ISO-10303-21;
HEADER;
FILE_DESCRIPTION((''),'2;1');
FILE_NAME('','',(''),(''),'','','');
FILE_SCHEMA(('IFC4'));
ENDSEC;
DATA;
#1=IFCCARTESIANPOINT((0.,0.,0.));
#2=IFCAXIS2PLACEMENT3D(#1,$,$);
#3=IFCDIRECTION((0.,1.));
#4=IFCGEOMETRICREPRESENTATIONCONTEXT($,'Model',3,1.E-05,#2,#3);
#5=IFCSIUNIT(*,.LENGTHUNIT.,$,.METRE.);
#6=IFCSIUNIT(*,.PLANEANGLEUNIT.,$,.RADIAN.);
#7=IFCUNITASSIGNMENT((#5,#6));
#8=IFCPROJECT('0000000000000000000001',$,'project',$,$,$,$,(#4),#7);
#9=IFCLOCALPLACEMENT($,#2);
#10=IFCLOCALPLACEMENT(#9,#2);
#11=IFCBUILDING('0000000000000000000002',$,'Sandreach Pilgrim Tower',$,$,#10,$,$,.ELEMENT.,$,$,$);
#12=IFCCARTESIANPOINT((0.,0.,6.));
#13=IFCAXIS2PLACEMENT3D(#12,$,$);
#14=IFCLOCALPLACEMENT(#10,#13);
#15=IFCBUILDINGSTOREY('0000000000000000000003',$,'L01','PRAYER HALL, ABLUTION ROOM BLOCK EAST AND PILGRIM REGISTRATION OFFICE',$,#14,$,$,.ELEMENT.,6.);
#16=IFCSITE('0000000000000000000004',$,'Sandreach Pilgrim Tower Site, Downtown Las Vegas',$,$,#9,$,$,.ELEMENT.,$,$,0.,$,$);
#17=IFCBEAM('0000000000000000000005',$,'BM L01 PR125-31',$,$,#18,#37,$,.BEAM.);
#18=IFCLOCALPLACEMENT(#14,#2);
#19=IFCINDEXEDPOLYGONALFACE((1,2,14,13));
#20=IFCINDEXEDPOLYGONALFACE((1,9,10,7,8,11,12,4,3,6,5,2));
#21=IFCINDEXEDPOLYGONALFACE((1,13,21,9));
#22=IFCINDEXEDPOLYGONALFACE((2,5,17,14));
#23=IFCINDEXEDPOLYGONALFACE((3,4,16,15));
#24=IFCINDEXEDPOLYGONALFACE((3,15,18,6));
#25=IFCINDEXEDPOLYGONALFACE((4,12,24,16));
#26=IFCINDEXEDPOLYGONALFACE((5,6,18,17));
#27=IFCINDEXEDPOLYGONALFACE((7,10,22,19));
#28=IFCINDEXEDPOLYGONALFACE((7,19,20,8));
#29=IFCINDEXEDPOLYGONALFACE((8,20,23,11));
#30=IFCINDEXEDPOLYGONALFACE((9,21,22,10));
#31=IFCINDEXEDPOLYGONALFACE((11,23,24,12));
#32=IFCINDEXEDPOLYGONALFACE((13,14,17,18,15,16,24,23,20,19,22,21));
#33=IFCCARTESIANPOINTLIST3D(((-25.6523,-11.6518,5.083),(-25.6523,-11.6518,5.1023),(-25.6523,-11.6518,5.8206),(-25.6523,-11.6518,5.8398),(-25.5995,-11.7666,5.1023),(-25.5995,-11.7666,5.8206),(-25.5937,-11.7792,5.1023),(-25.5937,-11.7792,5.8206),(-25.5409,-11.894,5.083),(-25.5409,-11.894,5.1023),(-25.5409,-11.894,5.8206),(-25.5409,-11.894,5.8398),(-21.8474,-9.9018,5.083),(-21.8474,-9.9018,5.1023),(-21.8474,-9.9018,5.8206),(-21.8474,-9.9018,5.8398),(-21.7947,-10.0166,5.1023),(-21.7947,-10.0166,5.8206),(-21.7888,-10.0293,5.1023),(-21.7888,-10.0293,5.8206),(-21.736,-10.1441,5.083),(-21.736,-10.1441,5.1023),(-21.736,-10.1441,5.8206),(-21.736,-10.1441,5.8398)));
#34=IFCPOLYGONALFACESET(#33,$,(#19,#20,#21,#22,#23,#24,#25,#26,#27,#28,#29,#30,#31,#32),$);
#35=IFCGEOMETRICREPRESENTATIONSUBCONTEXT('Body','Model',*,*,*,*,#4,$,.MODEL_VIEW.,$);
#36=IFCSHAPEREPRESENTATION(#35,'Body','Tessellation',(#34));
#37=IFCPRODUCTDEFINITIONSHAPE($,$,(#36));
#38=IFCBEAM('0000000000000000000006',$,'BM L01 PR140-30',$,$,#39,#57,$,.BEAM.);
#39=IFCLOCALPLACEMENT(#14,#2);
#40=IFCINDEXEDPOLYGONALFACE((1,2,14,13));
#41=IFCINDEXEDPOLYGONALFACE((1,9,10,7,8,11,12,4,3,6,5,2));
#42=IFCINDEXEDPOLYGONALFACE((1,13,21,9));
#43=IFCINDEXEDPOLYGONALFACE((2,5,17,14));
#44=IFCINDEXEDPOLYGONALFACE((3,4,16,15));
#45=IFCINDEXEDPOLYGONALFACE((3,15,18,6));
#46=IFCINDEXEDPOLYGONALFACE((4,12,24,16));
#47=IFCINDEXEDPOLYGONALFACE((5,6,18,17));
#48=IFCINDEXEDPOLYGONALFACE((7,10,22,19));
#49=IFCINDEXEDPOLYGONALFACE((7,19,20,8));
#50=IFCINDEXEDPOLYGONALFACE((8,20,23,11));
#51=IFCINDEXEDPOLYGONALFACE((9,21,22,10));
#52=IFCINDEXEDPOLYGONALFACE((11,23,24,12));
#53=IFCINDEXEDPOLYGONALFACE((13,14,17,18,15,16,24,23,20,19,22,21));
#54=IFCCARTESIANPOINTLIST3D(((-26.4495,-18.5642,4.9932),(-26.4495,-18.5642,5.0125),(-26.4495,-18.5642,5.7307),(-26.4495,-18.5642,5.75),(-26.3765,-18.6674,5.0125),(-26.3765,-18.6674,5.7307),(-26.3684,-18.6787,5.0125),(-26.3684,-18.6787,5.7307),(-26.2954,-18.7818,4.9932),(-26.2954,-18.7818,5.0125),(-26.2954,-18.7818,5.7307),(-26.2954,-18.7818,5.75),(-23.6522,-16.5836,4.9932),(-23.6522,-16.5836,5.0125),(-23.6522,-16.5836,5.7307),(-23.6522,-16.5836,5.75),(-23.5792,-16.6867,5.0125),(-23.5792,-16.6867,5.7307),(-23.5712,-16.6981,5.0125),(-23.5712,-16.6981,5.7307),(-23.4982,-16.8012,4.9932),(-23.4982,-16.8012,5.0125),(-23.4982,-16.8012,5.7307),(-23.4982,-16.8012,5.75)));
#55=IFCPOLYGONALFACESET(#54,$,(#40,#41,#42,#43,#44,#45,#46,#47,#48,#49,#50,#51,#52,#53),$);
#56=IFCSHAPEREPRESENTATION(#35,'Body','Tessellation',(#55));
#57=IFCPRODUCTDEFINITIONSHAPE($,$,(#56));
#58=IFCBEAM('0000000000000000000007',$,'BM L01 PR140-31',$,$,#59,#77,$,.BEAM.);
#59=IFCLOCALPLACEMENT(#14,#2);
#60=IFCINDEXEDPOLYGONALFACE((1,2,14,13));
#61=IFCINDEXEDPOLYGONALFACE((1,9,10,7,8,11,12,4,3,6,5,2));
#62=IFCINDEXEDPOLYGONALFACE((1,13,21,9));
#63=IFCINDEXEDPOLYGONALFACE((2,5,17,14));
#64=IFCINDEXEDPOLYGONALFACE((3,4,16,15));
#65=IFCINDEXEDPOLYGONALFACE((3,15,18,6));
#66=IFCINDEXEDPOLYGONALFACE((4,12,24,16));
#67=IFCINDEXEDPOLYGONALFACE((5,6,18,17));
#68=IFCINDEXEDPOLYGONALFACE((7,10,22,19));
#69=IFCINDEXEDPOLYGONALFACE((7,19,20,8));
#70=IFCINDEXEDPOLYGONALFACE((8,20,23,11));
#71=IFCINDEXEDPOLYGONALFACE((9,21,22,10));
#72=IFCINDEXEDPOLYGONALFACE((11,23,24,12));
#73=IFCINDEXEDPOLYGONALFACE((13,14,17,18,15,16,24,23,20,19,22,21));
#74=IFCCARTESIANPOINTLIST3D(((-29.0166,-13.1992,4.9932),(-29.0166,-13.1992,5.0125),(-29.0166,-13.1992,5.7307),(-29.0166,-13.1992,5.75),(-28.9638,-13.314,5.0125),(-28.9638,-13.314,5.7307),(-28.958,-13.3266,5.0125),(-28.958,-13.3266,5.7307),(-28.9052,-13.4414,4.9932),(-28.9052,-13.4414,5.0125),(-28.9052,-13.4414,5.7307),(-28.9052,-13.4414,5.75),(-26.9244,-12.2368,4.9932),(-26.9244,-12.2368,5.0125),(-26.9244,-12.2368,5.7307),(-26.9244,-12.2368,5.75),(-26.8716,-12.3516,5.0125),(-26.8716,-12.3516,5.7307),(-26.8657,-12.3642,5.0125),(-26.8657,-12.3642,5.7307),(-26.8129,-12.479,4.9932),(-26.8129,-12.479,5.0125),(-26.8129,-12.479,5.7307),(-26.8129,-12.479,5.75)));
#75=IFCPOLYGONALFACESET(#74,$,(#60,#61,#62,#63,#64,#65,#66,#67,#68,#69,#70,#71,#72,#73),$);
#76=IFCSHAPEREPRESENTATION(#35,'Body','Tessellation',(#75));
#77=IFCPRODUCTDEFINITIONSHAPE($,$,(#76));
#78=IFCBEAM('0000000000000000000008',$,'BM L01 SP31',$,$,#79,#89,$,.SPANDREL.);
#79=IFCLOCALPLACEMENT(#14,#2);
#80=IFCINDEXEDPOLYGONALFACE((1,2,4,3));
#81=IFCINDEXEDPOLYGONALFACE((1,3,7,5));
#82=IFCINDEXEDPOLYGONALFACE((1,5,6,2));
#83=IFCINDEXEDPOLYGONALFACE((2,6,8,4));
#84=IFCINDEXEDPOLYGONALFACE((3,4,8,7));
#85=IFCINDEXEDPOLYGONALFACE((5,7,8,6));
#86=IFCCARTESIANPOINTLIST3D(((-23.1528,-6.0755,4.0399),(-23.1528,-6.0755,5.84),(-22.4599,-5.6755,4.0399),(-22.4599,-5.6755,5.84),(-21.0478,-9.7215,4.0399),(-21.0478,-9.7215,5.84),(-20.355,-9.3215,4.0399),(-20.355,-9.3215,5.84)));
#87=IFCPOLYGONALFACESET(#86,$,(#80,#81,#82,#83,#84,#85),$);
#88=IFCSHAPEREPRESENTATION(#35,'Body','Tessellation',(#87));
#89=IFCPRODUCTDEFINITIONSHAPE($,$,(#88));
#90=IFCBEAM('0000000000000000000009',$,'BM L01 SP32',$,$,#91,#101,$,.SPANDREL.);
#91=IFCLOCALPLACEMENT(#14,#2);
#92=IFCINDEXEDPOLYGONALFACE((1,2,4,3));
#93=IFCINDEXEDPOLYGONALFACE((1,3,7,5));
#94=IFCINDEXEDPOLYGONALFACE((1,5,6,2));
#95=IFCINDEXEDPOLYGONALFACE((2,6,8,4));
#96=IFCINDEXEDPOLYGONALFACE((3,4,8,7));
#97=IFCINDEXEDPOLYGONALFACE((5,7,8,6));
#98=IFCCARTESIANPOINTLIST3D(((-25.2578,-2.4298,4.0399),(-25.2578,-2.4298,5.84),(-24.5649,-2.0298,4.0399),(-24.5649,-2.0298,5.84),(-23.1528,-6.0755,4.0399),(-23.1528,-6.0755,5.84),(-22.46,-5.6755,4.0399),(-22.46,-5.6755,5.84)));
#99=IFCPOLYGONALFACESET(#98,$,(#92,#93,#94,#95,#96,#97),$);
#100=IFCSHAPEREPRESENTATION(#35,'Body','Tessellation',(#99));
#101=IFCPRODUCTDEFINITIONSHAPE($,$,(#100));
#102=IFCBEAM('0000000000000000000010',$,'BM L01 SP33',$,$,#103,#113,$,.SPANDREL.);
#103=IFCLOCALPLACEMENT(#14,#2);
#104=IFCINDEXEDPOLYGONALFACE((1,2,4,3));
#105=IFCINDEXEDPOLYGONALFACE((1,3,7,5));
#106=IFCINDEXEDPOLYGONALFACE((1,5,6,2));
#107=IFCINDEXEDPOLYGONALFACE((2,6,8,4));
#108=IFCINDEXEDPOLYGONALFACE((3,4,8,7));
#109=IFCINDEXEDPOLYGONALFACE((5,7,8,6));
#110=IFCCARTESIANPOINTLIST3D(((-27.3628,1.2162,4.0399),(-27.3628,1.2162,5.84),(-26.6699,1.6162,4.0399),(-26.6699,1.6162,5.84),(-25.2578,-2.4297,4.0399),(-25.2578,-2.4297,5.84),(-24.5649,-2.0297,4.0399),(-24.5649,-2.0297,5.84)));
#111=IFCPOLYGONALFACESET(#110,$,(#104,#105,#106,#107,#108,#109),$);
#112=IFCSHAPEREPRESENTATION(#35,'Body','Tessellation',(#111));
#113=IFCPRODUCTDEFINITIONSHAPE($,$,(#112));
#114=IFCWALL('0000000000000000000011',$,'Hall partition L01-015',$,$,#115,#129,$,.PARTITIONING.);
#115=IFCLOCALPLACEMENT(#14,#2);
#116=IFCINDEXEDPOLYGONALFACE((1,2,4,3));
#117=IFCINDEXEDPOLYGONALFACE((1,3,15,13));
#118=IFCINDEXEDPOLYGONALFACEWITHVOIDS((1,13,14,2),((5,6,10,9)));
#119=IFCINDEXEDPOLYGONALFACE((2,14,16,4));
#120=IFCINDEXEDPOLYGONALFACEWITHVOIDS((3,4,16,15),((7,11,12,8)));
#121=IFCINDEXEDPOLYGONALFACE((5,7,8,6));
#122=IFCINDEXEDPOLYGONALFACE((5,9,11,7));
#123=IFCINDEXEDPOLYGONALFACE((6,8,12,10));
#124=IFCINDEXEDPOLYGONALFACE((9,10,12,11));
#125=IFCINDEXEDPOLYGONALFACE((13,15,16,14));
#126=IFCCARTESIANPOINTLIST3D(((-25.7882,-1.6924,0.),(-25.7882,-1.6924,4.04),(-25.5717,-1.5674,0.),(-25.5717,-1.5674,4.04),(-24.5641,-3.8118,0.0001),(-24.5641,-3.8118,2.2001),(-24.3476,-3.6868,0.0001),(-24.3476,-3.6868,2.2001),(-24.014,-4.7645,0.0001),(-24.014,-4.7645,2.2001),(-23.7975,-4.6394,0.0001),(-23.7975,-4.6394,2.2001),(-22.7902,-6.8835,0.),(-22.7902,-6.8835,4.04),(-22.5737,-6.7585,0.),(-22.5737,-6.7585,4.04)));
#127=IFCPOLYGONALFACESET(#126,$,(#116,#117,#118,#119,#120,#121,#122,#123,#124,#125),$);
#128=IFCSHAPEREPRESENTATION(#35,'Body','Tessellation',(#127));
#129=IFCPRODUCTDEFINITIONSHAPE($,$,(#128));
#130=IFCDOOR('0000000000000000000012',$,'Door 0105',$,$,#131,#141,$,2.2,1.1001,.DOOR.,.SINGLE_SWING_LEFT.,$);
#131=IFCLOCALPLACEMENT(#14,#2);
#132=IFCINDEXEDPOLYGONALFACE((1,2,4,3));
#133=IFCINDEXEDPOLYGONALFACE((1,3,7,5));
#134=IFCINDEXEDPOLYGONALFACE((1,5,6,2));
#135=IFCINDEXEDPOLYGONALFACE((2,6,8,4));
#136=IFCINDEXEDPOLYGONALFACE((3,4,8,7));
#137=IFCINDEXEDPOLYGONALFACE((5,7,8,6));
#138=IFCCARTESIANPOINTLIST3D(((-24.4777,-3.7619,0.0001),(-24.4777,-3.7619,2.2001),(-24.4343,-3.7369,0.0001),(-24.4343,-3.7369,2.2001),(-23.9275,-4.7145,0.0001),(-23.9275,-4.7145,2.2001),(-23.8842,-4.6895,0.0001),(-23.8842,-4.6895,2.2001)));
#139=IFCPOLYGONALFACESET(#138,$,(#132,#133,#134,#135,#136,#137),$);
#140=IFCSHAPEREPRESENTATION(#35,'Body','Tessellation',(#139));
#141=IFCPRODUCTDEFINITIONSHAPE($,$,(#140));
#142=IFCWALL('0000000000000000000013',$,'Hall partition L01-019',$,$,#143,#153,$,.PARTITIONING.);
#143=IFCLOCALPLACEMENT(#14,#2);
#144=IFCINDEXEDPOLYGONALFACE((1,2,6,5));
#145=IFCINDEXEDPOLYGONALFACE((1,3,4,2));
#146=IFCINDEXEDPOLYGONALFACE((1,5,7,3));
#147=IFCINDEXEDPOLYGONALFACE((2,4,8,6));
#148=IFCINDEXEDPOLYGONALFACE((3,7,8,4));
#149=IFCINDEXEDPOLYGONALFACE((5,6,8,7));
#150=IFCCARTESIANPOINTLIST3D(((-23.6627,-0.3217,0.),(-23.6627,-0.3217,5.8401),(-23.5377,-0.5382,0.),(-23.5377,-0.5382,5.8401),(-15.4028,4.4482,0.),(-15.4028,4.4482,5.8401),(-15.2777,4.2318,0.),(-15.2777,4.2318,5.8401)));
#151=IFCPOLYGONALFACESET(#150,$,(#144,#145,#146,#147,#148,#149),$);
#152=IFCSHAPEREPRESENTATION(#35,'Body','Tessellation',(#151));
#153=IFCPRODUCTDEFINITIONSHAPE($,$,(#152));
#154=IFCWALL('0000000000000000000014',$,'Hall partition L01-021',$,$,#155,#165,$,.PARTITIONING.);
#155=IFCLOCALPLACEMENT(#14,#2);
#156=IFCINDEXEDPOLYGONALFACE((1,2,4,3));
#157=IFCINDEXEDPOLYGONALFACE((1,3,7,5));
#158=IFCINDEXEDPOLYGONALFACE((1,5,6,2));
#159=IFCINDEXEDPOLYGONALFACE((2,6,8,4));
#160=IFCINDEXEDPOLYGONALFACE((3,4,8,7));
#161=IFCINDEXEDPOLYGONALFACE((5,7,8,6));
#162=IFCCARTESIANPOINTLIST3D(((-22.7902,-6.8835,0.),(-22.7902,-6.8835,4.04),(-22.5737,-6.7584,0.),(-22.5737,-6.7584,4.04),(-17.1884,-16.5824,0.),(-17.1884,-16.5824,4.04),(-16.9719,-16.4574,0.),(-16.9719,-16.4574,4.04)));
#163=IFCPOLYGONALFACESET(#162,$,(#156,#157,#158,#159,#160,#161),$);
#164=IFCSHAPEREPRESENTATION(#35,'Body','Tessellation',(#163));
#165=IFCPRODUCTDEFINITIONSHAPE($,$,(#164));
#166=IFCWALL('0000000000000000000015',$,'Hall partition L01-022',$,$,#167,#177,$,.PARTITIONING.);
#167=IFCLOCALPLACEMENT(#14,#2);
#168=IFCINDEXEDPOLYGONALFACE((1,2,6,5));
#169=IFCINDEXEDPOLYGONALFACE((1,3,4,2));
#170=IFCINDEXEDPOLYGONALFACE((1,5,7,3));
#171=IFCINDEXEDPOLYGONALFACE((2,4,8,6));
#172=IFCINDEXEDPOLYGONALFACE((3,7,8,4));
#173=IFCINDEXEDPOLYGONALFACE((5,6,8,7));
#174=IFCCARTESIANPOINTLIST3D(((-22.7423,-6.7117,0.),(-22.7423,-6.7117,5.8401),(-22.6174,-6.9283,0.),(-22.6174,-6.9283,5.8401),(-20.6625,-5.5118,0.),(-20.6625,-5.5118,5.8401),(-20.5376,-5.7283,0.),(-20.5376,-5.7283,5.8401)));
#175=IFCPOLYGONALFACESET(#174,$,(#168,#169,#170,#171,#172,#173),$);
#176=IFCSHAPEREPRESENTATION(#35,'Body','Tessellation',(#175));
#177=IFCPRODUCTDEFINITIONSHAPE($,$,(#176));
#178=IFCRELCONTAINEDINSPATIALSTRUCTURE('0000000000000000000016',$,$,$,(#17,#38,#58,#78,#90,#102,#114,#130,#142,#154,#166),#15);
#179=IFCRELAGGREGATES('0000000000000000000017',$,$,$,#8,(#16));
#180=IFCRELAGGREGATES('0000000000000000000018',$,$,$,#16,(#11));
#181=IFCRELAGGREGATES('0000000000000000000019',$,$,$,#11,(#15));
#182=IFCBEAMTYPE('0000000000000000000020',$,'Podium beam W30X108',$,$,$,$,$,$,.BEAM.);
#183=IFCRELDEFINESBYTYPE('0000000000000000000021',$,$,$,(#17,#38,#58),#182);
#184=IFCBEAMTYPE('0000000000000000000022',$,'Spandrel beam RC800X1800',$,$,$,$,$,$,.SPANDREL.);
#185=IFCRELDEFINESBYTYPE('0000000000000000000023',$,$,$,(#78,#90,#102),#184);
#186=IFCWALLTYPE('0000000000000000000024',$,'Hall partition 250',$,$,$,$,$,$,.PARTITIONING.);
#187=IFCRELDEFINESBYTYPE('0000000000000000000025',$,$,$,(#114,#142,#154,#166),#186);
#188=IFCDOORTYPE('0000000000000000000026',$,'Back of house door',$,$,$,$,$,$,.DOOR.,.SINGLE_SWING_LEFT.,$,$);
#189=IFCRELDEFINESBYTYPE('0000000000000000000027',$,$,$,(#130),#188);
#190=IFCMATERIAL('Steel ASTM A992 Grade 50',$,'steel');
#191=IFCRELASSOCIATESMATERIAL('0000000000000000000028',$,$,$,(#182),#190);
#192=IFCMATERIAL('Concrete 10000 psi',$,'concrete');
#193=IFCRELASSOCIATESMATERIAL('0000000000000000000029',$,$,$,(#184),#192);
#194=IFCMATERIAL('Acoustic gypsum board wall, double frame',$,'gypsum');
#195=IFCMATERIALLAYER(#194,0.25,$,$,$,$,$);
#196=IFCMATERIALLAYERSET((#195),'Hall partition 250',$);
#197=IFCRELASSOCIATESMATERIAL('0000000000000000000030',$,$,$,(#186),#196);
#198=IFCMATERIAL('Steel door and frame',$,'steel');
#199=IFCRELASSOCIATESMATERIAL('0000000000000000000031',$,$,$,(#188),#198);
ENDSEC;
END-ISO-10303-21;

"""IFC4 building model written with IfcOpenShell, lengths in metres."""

from ifc_helpers import new_model, si_unit, direction, frame, frame_2d, origin, origin_2d, place, context, subcontext, project, spatial, rectangle, i_section, extrude, material, layer, layer_set, material_profile, profile_set, type_object, element, fill, save


model = new_model("IFC4")

# Units and contexts
model_context = context("Model", 3, precision=1e-05, world=origin(), true_north=direction((0.0, 1.0)))
body_context = subcontext(model_context, "Body", "Model", "MODEL_VIEW")
ifc_project = project(units=[si_unit("LENGTHUNIT", "METRE"), si_unit("PLANEANGLEUNIT", "RADIAN")], contexts=[model_context])

# Site, building, storey
site_placement = place(None, origin())
site = spatial("IfcSite", under=ifc_project, at=site_placement, Name="Sandreach Pilgrim Tower Site, Downtown Las Vegas", CompositionType="ELEMENT", RefElevation=0.0)
building_placement = place(site_placement, origin())
building = spatial("IfcBuilding", under=site, at=building_placement, Name="Sandreach Pilgrim Tower", CompositionType="ELEMENT")
storey_placement = place(building_placement, frame((0.0, 0.0, 6.0)))
storey = spatial("IfcBuildingStorey", under=building, at=storey_placement, Name="L01", Description="PRAYER HALL, ABLUTION ROOM BLOCK EAST AND PILGRIM REGISTRATION OFFICE", CompositionType="ELEMENT", Elevation=6.0)

# Beams
ifc_material_1 = material(Name="Steel ASTM A992 Grade 50", Category="steel")
ifc_material_profile_1 = material_profile(ifc_material_1, i_section(OverallWidth=0.2666, OverallDepth=0.7568, WebThickness=0.0139, FlangeThickness=0.0193, at=origin_2d()), Name="W30X108")
ifc_profile_set_1 = profile_set([ifc_material_profile_1], Name="Steel ASTM A992 Grade 50")
beam_type_1 = type_object("IfcBeamType", Name="Podium beam W30X108", PredefinedType="BEAM", material=ifc_profile_set_1)
beam_1_placement = place(storey_placement, frame((-21.7917, -10.0229, 5.4614), z_axis=(-0.908515, -0.417853, 0.0), x_axis=(0.417853, -0.908515, 0.0)))
element("IfcBeam", 1, at=beam_1_placement, inside=storey, type_object=beam_type_1, Name="BM L01 PR125-31", PredefinedType="BEAM", context=body_context, shape_type="SweptSolid", body=[
    extrude(i_section(OverallWidth=0.2666, OverallDepth=0.7568, WebThickness=0.0139, FlangeThickness=0.0193, at=origin_2d()), origin(), (0.0, 0.0, 1.0), 4.188),
])
beam_2_placement = place(storey_placement, frame((-23.5752, -16.6924, 5.3716), z_axis=(-0.816128, -0.577871, 0.0), x_axis=(0.577871, -0.816128, 0.0)))
element("IfcBeam", 2, at=beam_2_placement, inside=storey, type_object=beam_type_1, Name="BM L01 PR140-30", PredefinedType="BEAM", context=body_context, shape_type="SweptSolid", body=[
    extrude(i_section(OverallWidth=0.2666, OverallDepth=0.7568, WebThickness=0.0139, FlangeThickness=0.0193, at=origin_2d()), origin(), (0.0, 0.0, 1.0), 3.4275),
])
beam_3_placement = place(storey_placement, frame((-26.8687, -12.3579, 5.3716), z_axis=(-0.908499, -0.417888, 0.0), x_axis=(0.417888, -0.908499, 0.0)))
element("IfcBeam", 3, at=beam_3_placement, inside=storey, type_object=beam_type_1, Name="BM L01 PR140-31", PredefinedType="BEAM", context=body_context, shape_type="SweptSolid", body=[
    extrude(i_section(OverallWidth=0.2666, OverallDepth=0.7568, WebThickness=0.0139, FlangeThickness=0.0193, at=origin_2d()), origin(), (0.0, 0.0, 1.0), 2.303),
])
ifc_material_2 = material(Name="Concrete 10000 psi", Category="concrete")
ifc_material_profile_2 = material_profile(ifc_material_2, rectangle(XDim=0.8, YDim=1.8, at=origin_2d()), Name="RC800X1800")
ifc_profile_set_2 = profile_set([ifc_material_profile_2], Name="Concrete 10000 psi")
beam_type_2 = type_object("IfcBeamType", Name="Spandrel beam RC800X1800", PredefinedType="SPANDREL", material=ifc_profile_set_2)
beam_4_placement = place(storey_placement, frame((-20.7014, -9.5215, 4.9399), z_axis=(-0.499994, 0.866029, 0.0), x_axis=(-0.866029, -0.499994, 0.0)))
element("IfcBeam", 4, at=beam_4_placement, inside=storey, type_object=beam_type_2, Name="BM L01 SP31", PredefinedType="SPANDREL", context=body_context, shape_type="SweptSolid", body=[
    extrude(rectangle(XDim=0.8, YDim=1.8, at=origin_2d()), origin(), (0.0, 0.0, 1.0), 4.21),
])
beam_5_placement = place(storey_placement, frame((-22.8064, -5.8755, 4.9399), z_axis=(-0.500019, 0.866015, 0.0), x_axis=(-0.866015, -0.500019, 0.0)))
element("IfcBeam", 5, at=beam_5_placement, inside=storey, type_object=beam_type_2, Name="BM L01 SP32", PredefinedType="SPANDREL", context=body_context, shape_type="SweptSolid", body=[
    extrude(rectangle(XDim=0.8, YDim=1.8, at=origin_2d()), origin(), (0.0, 0.0, 1.0), 4.2097),
])
beam_6_placement = place(storey_placement, frame((-24.9114, -2.2297, 4.9399), z_axis=(-0.499994, 0.866029, 0.0), x_axis=(-0.866029, -0.499994, 0.0)))
element("IfcBeam", 6, at=beam_6_placement, inside=storey, type_object=beam_type_2, Name="BM L01 SP33", PredefinedType="SPANDREL", context=body_context, shape_type="SweptSolid", body=[
    extrude(rectangle(XDim=0.8, YDim=1.8, at=origin_2d()), origin(), (0.0, 0.0, 1.0), 4.21),
])

# Wall, opening, door
ifc_material_3 = material(Name="Acoustic gypsum board wall, double frame", Category="gypsum")
ifc_layer_1 = layer(ifc_material_3, 0.25)
ifc_layer_set_1 = layer_set([ifc_layer_1], Name="Hall partition 250")
wall_type_1 = type_object("IfcWallType", Name="Hall partition 250", PredefinedType="PARTITIONING", material=ifc_layer_set_1)
wall_1_placement = place(storey_placement, frame((-25.6799, -1.6299, 0.0), z_axis=(0.0, 0.0, 1.0), x_axis=(0.500116, -0.865958, 0.0)))
wall_1 = element("IfcWall", 7, at=wall_1_placement, inside=storey, type_object=wall_type_1, Name="Hall partition L01-015", PredefinedType="PARTITIONING", context=body_context, shape_type="SweptSolid", body=[
    extrude(rectangle(XDim=5.9946, YDim=0.25, at=frame_2d((2.9973, 0.0))), origin(), (0.0, 0.0, 1.0), 4.04),
])
opening_placement = place(wall_1_placement, frame((2.4475, 0.0, 0.0)))
opening = element("IfcOpeningElement", 8, at=opening_placement, cuts=wall_1, PredefinedType="OPENING", context=body_context, shape_type="SweptSolid", body=[
    extrude(rectangle(XDim=1.1001, YDim=2.2, at=frame_2d((0.55, 1.1001))), frame((0.0, 0.125, 0.0), z_axis=(0.0, -1.0, 0.0), x_axis=(1.0, 0.0, 0.0)), (0.0, 0.0, 1.0), 0.25),
])
ifc_material_4 = material(Name="Steel door and frame", Category="steel")
door_type = type_object("IfcDoorType", Name="Back of house door", OperationType="SINGLE_SWING_LEFT", PredefinedType="DOOR", material=ifc_material_4)
door_placement = place(opening_placement, origin())
door = element("IfcDoor", 9, at=door_placement, inside=storey, type_object=door_type, Name="Door 0105", OperationType="SINGLE_SWING_LEFT", OverallHeight=2.2, OverallWidth=1.1001, PredefinedType="DOOR", context=body_context, shape_type="SweptSolid", body=[
    extrude(rectangle(XDim=1.1001, YDim=2.2, at=frame_2d((0.55, 1.1001))), frame((0.0, 0.0249, 0.0), z_axis=(0.0, -1.0, 0.0), x_axis=(1.0, 0.0, 0.0)), (0.0, 0.0, 1.0), 0.05),
])
fill(opening, door)

# Walls
wall_2_placement = place(storey_placement, frame((-23.6001, -0.4299, 0.0), z_axis=(0.0, 0.0, 1.0), x_axis=(0.865975, 0.500087, 0.0)))
element("IfcWall", 10, at=wall_2_placement, inside=storey, type_object=wall_type_1, Name="Hall partition L01-019", PredefinedType="PARTITIONING", context=body_context, shape_type="SweptSolid", body=[
    extrude(rectangle(XDim=9.5383, YDim=0.25, at=frame_2d((4.769, 0.0))), origin(), (0.0, 0.0, 1.0), 5.8401),
])
wall_3_placement = place(storey_placement, frame((-22.6819, -6.821, 0.0), z_axis=(0.0, 0.0, 1.0), x_axis=(0.500141, -0.865944, 0.0)))
element("IfcWall", 11, at=wall_3_placement, inside=storey, type_object=wall_type_1, Name="Hall partition L01-021", PredefinedType="PARTITIONING", context=body_context, shape_type="SweptSolid", body=[
    extrude(rectangle(XDim=11.2004, YDim=0.25, at=frame_2d((5.6001, 0.0))), origin(), (0.0, 0.0, 1.0), 4.04),
])
wall_4_placement = place(storey_placement, frame((-22.6799, -6.8201, 0.0), z_axis=(0.0, 0.0, 1.0), x_axis=(0.866177, 0.499737, 0.0)))
element("IfcWall", 12, at=wall_4_placement, inside=storey, type_object=wall_type_1, Name="Hall partition L01-022", PredefinedType="PARTITIONING", context=body_context, shape_type="SweptSolid", body=[
    extrude(rectangle(XDim=2.4011, YDim=0.25, at=frame_2d((1.2007, 0.0))), origin(), (0.0, 0.0, 1.0), 5.8401),
])

save(model, "model.ifc")
